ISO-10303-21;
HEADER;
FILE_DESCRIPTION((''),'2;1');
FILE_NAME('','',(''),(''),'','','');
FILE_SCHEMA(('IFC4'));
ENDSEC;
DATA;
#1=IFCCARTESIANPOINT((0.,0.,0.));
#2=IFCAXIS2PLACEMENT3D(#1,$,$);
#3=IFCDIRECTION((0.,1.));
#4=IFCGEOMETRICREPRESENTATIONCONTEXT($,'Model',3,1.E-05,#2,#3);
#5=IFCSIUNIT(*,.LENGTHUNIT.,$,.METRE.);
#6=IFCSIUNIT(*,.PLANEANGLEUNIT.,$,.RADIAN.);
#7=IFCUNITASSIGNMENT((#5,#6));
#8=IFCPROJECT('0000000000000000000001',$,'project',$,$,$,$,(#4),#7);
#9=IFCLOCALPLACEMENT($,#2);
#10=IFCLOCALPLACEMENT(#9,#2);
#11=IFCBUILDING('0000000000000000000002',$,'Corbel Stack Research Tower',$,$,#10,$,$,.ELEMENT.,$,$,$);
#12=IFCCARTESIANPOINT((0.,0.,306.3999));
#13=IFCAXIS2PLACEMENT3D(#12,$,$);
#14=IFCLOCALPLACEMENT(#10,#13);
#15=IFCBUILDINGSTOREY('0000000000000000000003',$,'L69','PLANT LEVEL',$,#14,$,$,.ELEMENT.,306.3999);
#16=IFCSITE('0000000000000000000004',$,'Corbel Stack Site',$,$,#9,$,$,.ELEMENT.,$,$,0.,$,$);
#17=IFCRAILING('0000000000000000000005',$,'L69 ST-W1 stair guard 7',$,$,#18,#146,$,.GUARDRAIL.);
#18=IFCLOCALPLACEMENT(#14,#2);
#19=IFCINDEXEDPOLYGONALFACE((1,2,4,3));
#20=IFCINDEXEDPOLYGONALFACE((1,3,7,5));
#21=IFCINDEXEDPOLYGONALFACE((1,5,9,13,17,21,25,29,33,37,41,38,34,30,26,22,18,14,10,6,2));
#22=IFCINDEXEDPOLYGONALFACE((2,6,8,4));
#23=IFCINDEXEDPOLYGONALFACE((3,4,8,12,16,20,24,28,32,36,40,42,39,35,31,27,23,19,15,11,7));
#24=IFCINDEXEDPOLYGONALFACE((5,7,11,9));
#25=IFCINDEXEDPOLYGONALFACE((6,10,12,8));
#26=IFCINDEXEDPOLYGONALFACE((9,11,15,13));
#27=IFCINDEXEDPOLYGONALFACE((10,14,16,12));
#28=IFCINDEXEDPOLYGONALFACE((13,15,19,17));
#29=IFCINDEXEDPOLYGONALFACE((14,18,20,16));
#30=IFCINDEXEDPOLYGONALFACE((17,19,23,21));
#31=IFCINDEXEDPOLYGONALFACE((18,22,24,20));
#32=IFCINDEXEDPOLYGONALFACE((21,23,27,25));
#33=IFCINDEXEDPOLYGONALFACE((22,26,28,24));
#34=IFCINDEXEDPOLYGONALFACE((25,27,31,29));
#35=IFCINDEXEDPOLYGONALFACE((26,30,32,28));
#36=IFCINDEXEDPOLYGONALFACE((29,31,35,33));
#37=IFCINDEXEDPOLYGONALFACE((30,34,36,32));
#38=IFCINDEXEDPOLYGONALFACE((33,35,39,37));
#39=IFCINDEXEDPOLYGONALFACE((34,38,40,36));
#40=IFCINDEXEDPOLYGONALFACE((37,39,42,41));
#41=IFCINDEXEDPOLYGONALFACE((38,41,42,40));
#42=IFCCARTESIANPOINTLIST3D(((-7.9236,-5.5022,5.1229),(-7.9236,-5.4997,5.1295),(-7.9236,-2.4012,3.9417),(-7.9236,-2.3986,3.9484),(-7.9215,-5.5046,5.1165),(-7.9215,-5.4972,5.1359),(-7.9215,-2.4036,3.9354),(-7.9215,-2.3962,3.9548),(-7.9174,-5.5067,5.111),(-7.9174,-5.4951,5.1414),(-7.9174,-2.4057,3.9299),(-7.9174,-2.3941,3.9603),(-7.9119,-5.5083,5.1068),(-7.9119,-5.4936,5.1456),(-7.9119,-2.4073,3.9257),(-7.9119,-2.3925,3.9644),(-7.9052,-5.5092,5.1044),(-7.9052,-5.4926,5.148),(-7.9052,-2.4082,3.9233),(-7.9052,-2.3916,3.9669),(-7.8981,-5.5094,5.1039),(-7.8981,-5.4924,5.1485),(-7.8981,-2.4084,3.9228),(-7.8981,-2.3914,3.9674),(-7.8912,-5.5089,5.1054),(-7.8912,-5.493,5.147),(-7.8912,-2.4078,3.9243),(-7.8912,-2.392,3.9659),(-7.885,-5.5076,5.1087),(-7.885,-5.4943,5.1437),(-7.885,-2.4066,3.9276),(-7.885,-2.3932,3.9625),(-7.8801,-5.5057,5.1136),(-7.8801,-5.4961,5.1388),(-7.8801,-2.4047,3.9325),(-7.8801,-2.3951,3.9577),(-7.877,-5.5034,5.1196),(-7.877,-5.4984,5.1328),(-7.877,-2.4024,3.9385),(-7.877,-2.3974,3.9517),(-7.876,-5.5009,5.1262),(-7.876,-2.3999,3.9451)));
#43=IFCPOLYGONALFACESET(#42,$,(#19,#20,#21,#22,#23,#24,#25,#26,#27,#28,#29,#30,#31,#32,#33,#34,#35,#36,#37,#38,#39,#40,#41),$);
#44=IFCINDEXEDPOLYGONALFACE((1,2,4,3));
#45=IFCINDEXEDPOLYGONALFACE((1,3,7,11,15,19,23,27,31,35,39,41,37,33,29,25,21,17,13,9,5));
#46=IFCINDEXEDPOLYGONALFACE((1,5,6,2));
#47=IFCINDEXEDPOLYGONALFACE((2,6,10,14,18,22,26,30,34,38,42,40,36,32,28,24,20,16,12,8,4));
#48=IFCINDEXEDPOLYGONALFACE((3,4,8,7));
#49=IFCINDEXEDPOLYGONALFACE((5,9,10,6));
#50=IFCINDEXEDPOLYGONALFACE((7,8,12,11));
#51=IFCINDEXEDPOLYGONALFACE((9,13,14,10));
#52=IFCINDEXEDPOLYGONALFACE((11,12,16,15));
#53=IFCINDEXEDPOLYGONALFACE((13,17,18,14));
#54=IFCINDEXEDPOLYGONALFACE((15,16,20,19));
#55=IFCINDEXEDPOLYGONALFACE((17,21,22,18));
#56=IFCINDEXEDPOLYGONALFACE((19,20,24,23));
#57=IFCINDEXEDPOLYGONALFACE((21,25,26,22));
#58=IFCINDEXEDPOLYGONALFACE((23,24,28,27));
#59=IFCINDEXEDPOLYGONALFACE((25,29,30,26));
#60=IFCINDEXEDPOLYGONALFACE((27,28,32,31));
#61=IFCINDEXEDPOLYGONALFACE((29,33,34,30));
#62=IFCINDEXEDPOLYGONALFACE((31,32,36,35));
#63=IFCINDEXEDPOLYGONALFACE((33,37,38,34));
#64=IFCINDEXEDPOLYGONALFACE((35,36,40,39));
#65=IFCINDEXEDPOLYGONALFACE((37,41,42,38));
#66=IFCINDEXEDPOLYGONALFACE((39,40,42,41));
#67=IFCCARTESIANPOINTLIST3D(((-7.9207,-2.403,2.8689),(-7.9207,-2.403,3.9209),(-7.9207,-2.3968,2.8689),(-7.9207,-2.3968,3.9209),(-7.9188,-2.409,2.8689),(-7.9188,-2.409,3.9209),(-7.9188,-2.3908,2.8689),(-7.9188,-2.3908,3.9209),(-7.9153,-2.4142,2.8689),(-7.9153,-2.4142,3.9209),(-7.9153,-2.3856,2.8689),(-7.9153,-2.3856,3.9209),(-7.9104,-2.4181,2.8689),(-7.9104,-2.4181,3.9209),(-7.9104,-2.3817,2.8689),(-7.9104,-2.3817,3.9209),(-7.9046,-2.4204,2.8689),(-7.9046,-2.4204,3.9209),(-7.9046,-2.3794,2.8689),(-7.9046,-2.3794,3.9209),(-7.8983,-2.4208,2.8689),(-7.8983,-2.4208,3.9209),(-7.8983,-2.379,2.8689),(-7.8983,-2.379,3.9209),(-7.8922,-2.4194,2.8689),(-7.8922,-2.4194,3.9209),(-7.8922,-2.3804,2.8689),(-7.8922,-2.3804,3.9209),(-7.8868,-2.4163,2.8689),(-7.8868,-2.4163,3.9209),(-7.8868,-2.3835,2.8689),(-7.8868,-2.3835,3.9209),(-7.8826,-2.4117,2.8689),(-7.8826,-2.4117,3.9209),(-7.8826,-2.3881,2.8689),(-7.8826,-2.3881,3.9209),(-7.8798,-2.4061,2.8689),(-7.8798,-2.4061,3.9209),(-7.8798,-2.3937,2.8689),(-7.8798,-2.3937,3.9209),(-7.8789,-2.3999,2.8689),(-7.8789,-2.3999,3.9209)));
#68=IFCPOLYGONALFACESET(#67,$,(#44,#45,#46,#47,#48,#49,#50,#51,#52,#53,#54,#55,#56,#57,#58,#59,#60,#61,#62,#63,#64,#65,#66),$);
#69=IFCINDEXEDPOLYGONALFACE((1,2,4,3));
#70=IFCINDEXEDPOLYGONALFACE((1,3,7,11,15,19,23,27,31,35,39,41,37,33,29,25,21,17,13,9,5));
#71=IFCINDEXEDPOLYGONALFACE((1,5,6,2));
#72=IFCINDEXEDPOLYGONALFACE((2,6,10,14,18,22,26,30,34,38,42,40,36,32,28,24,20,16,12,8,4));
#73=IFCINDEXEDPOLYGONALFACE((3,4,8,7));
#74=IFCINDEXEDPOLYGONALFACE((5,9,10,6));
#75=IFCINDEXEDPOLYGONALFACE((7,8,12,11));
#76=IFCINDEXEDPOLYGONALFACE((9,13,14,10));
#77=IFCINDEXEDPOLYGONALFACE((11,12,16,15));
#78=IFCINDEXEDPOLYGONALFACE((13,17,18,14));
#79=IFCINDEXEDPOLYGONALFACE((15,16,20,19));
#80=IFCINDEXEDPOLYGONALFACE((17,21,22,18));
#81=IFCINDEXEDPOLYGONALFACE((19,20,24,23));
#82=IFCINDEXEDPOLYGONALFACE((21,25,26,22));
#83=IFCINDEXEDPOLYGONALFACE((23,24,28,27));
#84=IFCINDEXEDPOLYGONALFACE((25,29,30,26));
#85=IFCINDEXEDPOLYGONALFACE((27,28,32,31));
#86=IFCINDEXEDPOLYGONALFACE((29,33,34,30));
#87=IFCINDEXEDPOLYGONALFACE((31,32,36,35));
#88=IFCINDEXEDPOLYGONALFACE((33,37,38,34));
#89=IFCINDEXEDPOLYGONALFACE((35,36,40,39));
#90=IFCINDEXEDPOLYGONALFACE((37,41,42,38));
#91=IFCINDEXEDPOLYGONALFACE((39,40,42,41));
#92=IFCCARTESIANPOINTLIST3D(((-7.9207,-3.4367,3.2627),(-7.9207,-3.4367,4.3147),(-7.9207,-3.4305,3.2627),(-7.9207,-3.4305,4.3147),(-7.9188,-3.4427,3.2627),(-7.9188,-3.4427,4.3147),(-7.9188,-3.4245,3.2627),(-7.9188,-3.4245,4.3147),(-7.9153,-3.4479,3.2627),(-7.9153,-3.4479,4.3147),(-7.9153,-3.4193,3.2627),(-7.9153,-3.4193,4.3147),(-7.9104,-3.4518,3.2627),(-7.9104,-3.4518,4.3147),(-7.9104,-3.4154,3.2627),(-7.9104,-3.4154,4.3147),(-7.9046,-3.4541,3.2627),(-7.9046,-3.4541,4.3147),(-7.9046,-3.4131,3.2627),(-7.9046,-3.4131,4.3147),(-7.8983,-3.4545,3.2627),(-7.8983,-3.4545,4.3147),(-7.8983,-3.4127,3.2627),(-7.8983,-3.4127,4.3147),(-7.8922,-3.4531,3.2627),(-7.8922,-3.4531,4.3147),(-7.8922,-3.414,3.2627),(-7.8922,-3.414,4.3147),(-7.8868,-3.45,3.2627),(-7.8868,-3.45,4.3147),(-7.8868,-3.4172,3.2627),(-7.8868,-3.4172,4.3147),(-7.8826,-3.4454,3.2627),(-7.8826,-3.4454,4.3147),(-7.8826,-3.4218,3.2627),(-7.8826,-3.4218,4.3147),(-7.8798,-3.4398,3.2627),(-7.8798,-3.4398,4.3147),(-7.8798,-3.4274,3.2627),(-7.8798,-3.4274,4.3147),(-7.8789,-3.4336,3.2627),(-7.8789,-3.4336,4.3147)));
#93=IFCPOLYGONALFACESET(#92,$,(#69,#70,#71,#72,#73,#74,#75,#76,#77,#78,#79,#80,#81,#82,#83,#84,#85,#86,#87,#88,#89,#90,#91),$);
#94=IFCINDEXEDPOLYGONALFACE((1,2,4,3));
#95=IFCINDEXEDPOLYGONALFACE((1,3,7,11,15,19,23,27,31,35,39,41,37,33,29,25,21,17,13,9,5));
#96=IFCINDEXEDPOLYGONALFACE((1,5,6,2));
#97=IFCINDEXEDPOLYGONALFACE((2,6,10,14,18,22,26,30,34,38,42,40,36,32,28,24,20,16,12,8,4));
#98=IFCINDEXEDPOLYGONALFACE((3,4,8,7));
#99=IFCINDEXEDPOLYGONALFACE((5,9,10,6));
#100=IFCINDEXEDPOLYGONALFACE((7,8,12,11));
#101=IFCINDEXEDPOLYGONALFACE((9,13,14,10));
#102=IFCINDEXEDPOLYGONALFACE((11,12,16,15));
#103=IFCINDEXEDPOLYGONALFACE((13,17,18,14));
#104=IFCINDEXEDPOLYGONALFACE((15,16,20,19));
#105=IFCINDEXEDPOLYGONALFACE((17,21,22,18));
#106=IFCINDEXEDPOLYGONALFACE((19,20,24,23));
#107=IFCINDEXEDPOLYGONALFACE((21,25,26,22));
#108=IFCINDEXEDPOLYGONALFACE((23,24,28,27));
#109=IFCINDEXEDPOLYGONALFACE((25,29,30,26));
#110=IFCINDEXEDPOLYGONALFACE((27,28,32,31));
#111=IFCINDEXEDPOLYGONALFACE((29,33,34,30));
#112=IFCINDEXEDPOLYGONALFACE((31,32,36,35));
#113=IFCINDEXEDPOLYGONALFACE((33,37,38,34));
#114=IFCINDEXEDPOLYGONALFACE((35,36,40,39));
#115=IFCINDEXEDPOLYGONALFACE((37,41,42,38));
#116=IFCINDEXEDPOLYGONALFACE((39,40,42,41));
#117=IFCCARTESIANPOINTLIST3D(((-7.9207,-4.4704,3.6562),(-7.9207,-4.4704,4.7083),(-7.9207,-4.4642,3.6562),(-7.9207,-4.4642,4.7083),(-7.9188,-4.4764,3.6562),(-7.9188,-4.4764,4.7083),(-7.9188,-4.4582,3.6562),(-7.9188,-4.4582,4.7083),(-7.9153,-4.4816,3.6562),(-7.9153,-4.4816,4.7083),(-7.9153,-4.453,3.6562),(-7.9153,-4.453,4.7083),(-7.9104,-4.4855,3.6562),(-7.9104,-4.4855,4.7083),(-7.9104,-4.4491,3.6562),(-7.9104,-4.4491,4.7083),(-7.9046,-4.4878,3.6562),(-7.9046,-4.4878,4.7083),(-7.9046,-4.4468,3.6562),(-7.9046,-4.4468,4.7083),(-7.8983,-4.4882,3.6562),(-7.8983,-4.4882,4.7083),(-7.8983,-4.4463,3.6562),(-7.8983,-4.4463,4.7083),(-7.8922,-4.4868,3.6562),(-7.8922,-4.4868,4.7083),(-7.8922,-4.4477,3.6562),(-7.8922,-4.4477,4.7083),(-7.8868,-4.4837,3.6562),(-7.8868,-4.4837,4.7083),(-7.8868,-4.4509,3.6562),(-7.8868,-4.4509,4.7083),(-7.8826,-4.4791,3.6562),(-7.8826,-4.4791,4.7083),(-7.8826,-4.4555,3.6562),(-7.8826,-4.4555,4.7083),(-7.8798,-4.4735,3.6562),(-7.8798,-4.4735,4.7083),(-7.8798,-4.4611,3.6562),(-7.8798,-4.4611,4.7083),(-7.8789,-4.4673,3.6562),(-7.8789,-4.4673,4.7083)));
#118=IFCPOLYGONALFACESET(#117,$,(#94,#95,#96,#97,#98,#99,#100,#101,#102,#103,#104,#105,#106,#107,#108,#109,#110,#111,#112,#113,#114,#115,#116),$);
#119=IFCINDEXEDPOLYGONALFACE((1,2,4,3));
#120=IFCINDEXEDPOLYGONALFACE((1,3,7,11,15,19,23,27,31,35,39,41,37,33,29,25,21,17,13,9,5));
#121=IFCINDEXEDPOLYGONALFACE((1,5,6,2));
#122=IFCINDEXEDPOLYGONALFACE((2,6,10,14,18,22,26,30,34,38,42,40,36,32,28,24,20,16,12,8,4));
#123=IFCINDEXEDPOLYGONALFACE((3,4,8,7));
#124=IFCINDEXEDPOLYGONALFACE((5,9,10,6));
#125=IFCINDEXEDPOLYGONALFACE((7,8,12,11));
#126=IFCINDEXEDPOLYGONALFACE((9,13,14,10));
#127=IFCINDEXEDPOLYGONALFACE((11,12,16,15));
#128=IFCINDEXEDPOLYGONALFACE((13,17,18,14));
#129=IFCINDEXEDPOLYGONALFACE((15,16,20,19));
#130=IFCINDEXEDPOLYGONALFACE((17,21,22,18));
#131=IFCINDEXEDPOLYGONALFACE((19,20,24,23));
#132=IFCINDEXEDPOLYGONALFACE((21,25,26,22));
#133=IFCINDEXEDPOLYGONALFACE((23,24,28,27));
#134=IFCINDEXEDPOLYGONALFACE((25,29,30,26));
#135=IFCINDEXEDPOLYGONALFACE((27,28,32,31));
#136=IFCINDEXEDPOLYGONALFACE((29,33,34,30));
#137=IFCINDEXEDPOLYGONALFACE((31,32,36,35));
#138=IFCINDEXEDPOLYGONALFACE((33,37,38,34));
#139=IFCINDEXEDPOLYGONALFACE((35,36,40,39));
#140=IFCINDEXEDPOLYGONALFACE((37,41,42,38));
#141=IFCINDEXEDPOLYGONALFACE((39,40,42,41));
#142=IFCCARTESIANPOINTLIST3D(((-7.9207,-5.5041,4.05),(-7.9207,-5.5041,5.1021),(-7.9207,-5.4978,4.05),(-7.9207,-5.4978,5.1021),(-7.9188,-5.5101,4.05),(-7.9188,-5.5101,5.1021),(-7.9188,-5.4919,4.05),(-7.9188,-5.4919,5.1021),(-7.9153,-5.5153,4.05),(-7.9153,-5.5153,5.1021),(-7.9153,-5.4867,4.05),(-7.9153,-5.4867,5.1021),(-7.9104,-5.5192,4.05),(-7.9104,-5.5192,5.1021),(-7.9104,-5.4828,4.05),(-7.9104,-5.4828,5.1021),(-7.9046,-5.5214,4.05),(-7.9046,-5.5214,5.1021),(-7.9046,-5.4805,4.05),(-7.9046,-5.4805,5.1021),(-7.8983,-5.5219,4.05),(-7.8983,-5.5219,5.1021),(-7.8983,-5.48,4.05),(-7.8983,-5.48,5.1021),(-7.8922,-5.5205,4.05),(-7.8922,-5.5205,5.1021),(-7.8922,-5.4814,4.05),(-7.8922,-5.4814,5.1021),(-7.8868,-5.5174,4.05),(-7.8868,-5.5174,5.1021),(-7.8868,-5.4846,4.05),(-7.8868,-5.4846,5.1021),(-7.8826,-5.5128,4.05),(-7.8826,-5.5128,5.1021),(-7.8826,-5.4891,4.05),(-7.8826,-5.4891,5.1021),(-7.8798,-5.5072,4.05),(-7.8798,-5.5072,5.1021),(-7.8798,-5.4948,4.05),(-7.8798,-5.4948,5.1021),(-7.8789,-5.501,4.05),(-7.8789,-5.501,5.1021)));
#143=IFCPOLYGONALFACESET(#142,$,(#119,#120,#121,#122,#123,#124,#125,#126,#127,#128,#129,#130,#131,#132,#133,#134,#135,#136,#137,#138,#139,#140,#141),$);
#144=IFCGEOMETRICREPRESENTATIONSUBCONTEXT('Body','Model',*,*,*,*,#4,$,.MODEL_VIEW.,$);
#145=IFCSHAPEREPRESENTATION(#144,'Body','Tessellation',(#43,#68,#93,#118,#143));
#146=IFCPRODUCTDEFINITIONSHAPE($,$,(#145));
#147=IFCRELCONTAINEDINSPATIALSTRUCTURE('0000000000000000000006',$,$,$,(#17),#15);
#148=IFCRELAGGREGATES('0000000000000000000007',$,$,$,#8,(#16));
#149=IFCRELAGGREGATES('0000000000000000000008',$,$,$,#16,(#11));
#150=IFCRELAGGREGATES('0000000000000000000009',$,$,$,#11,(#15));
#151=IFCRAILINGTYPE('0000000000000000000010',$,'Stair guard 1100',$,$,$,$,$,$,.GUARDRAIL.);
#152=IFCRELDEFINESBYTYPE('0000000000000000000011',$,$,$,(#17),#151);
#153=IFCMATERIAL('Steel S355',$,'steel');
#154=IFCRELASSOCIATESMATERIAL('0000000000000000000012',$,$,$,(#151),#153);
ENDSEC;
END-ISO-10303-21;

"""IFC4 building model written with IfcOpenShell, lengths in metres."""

from ifc_helpers import new_model, si_unit, direction, frame, origin, origin_2d, place, context, subcontext, project, spatial, circle, extrude, material, type_object, element, save


model = new_model("IFC4")

# Units and contexts
model_context = context("Model", 3, precision=1e-05, world=origin(), true_north=direction((0.0, 1.0)))
body_context = subcontext(model_context, "Body", "Model", "MODEL_VIEW")
ifc_project = project(units=[si_unit("LENGTHUNIT", "METRE"), si_unit("PLANEANGLEUNIT", "RADIAN")], contexts=[model_context])

# Site, building, storey
site_placement = place(None, origin())
site = spatial("IfcSite", under=ifc_project, at=site_placement, Name="Corbel Stack Site", CompositionType="ELEMENT", RefElevation=0.0)
building_placement = place(site_placement, origin())
building = spatial("IfcBuilding", under=site, at=building_placement, Name="Corbel Stack Research Tower", CompositionType="ELEMENT")
storey_placement = place(building_placement, frame((0.0, 0.0, 306.3999)))
storey = spatial("IfcBuildingStorey", under=building, at=storey_placement, Name="L69", Description="PLANT LEVEL", CompositionType="ELEMENT", Elevation=306.3999)

# Railing
ifc_material_1 = material(Name="Steel S355", Category="steel")
railing_type_1 = type_object("IfcRailingType", Name="Stair guard 1100", PredefinedType="GUARDRAIL", material=ifc_material_1)
railing_1_placement = place(storey_placement, frame((-7.8999, -2.3999, 2.8689)))
element("IfcRailing", 1, at=railing_1_placement, inside=storey, type_object=railing_type_1, Name="L69 ST-W1 stair guard 7", PredefinedType="GUARDRAIL", context=body_context, shape_type="SweptSolid", body=[
    extrude(circle(Radius=0.0239, at=origin_2d()), frame((0.0, 0.0, 1.0762), z_axis=(0.0, -0.934509, 0.35594), x_axis=(1.0, 0.0, 0.0)), (0.0, 0.0, 1.0), 3.3184),
    extrude(circle(Radius=0.021, at=origin_2d()), origin(), (0.0, 0.0, 1.0), 1.052),
    extrude(circle(Radius=0.021, at=origin_2d()), frame((0.0, -1.0337, 0.3938)), (0.0, 0.0, 1.0), 1.052),
    extrude(circle(Radius=0.021, at=origin_2d()), frame((0.0, -2.0674, 0.7874)), (0.0, 0.0, 1.0), 1.052),
    extrude(circle(Radius=0.021, at=origin_2d()), frame((0.0, -3.1011, 1.1812)), (0.0, 0.0, 1.0), 1.052),
])

save(model, "model.ifc")
